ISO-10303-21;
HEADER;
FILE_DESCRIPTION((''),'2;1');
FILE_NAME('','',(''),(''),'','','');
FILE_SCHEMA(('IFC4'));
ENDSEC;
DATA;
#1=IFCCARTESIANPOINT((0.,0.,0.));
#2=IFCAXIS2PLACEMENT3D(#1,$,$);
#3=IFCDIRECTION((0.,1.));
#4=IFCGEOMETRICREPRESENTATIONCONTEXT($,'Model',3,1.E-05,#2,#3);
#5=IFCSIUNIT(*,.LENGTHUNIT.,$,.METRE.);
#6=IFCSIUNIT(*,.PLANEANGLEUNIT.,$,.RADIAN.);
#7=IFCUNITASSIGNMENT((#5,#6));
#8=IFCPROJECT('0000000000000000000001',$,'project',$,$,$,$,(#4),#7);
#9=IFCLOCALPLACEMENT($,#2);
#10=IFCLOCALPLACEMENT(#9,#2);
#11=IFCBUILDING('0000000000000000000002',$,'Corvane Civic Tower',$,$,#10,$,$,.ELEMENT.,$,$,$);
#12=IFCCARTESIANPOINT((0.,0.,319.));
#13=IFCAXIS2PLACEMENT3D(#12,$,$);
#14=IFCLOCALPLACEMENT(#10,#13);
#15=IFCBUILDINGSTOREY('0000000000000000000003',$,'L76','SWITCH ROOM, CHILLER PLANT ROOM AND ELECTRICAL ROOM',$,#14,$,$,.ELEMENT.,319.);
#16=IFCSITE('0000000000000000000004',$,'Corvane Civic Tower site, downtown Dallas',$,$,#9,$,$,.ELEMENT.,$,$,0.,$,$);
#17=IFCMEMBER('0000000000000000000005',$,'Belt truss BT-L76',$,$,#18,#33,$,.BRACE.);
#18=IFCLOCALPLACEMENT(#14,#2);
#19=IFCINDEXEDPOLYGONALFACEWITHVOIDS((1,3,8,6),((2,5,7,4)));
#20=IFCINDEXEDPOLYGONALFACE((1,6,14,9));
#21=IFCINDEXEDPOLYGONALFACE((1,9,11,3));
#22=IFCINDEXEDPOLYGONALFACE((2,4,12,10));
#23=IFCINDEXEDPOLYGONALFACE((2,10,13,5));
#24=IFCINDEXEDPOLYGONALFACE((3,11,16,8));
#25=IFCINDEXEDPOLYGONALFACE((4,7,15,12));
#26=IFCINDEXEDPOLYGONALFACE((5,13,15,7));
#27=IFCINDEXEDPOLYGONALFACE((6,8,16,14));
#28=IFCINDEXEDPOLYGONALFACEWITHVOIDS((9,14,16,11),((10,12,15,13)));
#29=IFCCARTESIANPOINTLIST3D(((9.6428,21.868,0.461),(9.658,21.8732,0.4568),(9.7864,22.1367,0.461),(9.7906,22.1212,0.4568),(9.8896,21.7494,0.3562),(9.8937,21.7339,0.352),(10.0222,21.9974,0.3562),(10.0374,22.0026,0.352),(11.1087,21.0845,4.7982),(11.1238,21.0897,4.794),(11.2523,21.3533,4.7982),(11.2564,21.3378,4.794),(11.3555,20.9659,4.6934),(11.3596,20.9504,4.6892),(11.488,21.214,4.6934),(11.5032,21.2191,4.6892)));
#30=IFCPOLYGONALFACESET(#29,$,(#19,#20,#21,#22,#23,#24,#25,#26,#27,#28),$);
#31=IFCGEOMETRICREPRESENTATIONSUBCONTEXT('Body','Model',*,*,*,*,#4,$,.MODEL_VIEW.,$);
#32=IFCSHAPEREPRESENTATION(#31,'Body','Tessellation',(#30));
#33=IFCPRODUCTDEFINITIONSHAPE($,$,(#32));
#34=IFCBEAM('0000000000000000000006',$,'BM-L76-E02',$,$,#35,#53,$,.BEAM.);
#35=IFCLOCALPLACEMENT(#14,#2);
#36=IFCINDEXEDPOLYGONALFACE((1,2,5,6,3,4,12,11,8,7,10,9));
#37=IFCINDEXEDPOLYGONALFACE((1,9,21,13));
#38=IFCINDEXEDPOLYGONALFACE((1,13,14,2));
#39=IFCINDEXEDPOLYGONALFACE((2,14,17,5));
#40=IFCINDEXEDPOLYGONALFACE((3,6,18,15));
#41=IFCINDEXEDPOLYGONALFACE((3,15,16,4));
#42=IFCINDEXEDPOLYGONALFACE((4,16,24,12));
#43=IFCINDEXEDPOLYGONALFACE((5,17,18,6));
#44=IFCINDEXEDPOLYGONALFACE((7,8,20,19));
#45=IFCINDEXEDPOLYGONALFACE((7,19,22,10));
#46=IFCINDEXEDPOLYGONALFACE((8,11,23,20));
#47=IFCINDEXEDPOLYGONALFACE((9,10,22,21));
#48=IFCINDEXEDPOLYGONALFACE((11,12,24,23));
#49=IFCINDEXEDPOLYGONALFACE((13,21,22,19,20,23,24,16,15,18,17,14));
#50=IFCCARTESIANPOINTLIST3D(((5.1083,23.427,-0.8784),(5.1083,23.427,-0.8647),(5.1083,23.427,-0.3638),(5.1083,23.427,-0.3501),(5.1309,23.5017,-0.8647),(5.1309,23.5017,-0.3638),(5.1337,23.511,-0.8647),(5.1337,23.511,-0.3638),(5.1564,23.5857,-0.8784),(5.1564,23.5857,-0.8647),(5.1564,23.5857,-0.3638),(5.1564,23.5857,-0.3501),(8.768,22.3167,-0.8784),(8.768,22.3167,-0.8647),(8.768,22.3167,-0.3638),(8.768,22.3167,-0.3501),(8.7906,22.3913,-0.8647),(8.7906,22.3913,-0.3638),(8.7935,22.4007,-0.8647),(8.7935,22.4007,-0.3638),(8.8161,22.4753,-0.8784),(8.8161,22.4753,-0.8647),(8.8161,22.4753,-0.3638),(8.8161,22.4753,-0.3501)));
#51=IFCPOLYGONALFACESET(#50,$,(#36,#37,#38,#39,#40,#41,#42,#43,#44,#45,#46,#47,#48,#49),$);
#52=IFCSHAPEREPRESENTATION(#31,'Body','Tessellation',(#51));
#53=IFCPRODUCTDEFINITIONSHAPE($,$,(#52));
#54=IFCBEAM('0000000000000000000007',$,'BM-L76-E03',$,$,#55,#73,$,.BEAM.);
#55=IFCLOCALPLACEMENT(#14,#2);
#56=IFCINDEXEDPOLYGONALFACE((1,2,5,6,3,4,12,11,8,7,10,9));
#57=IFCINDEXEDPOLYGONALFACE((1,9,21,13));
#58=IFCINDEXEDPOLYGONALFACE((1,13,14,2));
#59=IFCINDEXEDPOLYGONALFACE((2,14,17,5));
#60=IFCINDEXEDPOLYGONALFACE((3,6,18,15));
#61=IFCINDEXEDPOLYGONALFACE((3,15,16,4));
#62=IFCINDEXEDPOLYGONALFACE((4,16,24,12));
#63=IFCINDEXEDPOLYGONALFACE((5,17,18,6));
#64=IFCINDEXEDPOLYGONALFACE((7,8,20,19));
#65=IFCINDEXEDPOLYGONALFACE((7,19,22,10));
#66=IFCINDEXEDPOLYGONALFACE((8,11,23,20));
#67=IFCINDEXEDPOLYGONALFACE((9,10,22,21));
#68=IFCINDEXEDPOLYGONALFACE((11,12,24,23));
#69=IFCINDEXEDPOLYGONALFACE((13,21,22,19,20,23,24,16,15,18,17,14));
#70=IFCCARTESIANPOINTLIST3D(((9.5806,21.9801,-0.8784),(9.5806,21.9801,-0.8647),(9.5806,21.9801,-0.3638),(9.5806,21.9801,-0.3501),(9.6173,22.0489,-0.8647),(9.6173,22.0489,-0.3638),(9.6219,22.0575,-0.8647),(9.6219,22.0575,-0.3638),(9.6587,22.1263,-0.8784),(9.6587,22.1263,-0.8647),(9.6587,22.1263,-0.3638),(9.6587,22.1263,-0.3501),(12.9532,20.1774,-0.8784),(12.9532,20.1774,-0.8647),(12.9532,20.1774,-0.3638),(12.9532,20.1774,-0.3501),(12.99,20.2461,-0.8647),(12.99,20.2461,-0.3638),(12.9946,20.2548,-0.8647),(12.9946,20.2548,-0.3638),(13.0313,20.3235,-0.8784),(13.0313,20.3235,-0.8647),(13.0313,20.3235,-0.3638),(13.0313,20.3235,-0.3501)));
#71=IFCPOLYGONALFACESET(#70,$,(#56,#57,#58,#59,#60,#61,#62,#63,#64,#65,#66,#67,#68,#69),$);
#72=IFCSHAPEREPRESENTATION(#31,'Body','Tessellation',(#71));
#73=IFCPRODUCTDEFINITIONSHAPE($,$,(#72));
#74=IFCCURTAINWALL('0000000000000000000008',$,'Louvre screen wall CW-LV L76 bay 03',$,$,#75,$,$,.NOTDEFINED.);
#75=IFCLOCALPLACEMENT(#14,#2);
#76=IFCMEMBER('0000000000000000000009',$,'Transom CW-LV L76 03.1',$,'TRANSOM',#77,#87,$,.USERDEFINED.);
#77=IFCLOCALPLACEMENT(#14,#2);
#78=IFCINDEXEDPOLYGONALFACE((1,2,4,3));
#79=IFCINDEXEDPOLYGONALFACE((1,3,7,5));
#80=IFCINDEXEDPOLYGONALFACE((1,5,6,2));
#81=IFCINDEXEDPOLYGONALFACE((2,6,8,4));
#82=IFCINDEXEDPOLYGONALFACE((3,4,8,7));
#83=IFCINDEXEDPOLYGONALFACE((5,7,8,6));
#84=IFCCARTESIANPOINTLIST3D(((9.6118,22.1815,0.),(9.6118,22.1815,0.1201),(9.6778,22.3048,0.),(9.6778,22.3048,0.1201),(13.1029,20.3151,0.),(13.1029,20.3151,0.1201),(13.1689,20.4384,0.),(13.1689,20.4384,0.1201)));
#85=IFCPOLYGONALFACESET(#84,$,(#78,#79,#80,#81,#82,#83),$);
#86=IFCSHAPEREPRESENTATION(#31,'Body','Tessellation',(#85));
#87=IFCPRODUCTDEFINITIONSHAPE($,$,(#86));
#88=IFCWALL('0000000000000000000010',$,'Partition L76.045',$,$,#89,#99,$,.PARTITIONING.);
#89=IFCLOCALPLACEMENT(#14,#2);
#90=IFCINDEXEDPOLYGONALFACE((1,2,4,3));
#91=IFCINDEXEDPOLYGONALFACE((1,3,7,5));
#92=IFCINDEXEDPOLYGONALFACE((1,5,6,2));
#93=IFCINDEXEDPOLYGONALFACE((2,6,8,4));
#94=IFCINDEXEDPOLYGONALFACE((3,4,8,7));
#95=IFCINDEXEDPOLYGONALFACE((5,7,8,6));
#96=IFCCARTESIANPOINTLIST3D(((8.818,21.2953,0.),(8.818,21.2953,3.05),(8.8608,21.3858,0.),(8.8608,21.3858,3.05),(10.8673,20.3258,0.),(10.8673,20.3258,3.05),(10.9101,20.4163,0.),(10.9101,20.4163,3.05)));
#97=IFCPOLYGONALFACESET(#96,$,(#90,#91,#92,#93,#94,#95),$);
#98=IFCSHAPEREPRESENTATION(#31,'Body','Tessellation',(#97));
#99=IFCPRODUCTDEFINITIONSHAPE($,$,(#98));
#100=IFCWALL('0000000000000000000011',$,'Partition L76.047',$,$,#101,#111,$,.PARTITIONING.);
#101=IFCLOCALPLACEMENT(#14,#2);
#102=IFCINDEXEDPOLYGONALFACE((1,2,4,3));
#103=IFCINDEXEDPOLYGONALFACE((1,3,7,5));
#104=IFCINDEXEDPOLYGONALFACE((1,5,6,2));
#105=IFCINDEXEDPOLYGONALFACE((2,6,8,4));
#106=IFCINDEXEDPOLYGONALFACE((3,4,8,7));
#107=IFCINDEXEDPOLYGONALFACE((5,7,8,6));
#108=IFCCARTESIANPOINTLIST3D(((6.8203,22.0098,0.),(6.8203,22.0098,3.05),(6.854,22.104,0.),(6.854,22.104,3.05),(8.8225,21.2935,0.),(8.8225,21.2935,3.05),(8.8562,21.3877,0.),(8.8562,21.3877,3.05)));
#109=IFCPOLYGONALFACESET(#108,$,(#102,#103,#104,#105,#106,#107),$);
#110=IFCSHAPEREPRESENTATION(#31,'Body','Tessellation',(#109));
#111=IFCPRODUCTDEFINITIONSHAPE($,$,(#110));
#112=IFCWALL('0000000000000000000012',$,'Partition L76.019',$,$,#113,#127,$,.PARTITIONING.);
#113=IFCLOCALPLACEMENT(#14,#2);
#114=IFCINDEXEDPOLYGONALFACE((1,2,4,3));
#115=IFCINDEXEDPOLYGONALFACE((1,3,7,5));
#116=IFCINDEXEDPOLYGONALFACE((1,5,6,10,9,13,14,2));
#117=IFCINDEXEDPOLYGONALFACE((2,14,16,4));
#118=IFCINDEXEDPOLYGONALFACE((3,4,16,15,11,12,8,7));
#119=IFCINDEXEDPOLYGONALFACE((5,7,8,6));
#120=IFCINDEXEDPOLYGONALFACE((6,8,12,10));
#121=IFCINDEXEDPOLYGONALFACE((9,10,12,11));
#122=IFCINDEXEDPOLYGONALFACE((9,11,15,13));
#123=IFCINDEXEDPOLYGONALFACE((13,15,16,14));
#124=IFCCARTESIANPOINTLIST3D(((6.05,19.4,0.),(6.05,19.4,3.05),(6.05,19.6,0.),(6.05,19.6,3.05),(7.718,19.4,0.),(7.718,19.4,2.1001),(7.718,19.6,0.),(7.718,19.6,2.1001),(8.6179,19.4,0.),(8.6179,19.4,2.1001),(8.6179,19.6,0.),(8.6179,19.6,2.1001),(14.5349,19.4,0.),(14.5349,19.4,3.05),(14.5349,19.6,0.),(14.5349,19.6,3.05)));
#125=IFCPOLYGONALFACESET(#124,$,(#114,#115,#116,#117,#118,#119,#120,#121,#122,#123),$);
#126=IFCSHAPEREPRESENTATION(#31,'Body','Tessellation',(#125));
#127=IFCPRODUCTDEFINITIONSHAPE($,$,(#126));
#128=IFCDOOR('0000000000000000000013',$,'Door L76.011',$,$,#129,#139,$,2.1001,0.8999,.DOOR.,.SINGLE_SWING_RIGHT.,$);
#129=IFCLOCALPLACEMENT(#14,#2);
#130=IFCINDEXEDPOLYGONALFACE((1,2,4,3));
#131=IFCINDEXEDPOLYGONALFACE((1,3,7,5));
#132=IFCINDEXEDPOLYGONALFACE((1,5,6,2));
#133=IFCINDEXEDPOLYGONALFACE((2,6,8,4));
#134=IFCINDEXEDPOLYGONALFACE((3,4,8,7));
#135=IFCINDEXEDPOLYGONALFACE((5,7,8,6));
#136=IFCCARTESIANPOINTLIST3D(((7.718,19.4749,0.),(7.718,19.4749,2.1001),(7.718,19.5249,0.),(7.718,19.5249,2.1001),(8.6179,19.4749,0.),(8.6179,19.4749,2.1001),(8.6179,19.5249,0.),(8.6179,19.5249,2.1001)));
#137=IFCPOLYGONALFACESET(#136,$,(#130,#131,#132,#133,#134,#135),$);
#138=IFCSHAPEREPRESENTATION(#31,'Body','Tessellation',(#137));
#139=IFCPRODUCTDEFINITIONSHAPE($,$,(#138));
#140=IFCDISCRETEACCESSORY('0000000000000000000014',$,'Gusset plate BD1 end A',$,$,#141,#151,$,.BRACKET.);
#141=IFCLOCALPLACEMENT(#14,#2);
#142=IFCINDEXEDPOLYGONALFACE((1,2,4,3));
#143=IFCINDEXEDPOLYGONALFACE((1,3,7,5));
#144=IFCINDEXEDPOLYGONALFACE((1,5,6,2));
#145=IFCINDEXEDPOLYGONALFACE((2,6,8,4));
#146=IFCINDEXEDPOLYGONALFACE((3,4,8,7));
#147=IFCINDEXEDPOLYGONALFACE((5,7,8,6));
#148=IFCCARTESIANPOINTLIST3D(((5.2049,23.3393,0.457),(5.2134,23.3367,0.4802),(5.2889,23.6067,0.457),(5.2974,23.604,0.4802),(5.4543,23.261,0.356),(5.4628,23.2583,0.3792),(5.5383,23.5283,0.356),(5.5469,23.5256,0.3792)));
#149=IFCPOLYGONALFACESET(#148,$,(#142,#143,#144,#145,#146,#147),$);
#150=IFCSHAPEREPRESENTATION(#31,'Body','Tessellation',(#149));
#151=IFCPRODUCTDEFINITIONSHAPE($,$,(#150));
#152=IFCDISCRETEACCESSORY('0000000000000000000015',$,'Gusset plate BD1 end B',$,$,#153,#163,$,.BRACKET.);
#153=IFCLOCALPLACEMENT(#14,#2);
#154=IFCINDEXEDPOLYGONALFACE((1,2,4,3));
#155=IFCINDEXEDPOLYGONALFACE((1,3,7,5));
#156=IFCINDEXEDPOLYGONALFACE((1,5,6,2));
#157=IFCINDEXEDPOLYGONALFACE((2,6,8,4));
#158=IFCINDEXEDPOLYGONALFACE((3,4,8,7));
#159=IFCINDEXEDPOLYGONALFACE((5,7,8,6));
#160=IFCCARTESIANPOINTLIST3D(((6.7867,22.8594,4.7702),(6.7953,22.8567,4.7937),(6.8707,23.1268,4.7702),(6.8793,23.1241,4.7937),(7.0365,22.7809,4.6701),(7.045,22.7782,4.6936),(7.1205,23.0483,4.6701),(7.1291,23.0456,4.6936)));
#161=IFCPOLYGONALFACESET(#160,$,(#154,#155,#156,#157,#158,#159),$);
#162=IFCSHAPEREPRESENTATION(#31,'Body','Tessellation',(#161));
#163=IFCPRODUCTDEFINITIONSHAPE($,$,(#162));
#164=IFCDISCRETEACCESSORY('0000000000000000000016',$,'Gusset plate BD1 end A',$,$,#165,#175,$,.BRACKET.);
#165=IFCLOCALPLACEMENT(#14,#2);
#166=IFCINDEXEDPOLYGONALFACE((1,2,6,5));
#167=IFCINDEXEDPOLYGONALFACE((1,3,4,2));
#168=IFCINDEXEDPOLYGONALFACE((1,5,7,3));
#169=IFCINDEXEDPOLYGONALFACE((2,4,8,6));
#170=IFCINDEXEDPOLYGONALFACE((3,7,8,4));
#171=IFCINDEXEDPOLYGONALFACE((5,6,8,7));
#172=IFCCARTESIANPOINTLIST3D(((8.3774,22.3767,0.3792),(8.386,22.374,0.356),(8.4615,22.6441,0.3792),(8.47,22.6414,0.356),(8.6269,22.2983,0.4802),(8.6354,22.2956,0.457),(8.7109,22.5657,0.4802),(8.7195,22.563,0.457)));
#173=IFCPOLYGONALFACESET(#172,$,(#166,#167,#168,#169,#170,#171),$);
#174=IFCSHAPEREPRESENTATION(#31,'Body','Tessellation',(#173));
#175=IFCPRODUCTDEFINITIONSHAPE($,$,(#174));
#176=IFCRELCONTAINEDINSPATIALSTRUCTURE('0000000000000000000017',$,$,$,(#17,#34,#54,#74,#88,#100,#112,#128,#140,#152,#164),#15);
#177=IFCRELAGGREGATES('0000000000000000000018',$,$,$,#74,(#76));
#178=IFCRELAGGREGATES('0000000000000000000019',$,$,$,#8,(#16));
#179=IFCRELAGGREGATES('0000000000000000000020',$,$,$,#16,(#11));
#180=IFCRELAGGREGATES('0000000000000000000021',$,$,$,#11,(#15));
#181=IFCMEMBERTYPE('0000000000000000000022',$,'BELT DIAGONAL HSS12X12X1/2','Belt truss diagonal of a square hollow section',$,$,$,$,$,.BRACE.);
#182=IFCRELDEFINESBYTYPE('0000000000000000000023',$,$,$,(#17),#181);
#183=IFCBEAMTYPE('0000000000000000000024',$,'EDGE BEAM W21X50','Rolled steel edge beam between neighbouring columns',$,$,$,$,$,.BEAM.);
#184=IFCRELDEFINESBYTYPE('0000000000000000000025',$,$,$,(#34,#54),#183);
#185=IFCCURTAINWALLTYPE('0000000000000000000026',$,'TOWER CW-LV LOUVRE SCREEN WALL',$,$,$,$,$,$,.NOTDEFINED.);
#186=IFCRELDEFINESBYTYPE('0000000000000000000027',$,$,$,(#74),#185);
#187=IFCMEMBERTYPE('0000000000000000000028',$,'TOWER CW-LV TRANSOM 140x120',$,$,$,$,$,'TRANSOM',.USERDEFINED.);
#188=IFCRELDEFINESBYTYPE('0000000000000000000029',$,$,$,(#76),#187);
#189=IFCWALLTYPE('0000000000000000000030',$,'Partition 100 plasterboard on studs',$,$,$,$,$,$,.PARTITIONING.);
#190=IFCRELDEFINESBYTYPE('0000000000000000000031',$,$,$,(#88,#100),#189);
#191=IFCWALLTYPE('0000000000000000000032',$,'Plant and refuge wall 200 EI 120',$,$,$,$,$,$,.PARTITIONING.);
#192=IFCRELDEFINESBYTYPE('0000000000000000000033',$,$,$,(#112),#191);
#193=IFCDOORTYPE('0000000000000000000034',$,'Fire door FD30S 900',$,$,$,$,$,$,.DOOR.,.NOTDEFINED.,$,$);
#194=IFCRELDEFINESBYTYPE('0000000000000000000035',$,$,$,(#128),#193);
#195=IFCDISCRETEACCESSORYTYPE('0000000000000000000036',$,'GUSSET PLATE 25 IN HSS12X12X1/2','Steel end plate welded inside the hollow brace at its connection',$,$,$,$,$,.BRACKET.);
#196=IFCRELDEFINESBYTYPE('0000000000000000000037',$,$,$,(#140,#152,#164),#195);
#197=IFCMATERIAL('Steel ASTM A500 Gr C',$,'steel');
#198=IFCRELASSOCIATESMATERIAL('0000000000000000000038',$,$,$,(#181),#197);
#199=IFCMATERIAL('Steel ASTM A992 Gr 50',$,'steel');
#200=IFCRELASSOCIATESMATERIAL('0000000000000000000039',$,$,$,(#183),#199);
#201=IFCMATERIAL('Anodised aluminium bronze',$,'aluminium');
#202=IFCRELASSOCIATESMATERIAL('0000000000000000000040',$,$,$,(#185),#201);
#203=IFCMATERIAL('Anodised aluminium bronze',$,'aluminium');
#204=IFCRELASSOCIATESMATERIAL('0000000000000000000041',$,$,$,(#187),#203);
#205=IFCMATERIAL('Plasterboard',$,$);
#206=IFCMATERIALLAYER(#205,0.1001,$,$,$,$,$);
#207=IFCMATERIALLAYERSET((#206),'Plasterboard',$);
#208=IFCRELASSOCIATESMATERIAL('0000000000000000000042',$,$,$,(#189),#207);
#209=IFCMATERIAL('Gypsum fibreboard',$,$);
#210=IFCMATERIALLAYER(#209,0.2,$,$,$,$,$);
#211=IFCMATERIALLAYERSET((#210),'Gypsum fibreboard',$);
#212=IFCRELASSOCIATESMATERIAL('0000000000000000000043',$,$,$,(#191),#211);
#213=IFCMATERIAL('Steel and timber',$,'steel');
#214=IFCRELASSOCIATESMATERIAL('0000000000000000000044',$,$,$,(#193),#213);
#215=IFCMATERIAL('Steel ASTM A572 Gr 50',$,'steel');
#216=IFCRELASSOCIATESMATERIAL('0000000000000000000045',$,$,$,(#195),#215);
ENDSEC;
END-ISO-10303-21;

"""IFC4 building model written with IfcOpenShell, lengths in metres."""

from ifc_helpers import new_model, si_unit, direction, frame, frame_2d, origin, origin_2d, place, context, subcontext, project, spatial, rectangle, hollow_rectangle, i_section, extrude, material, layer, layer_set, material_profile, profile_set, type_object, element, fill, aggregate, save


model = new_model("IFC4")

# Units and contexts
model_context = context("Model", 3, precision=1e-05, world=origin(), true_north=direction((0.0, 1.0)))
body_context = subcontext(model_context, "Body", "Model", "MODEL_VIEW")
ifc_project = project(units=[si_unit("LENGTHUNIT", "METRE"), si_unit("PLANEANGLEUNIT", "RADIAN")], contexts=[model_context])

# Site, building, storey
site_placement = place(None, origin())
site = spatial("IfcSite", under=ifc_project, at=site_placement, Name="Corvane Civic Tower site, downtown Dallas", CompositionType="ELEMENT", RefElevation=0.0)
building_placement = place(site_placement, origin())
building = spatial("IfcBuilding", under=site, at=building_placement, Name="Corvane Civic Tower", CompositionType="ELEMENT")
storey_placement = place(building_placement, frame((0.0, 0.0, 319.0)))
storey = spatial("IfcBuildingStorey", under=building, at=storey_placement, Name="L76", Description="SWITCH ROOM, CHILLER PLANT ROOM AND ELECTRICAL ROOM", CompositionType="ELEMENT", Elevation=319.0)

# Member
ifc_material_1 = material(Name="Steel ASTM A500 Gr C", Category="steel")
ifc_material_profile_1 = material_profile(ifc_material_1, hollow_rectangle(XDim=0.3047, YDim=0.3047, WallThickness=0.0117, at=origin_2d()), Name="HSS12X12X1/2")
ifc_profile_set_1 = profile_set([ifc_material_profile_1], Name="Steel ASTM A500 Gr C")
member_type_1 = type_object("IfcMemberType", Name="BELT DIAGONAL HSS12X12X1/2", Description="Belt truss diagonal of a square hollow section", PredefinedType="BRACE", material=ifc_profile_set_1)
for number, where, z_axis, x_axis, name in (
    (1, (9.8401, 21.9353, 0.4065), (0.315589, -0.168675, 0.933784), (0.471373, 0.881934, 0.0), "Belt truss BT-L76"),
):
    element("IfcMember", number, at=place(storey_placement, frame(where, z_axis=z_axis, x_axis=x_axis)), inside=storey, type_object=member_type_1, Name=name, PredefinedType="BRACE", context=body_context, shape_type="SweptSolid", body=[
        extrude(hollow_rectangle(XDim=0.3047, YDim=0.3047, WallThickness=0.0117, at=origin_2d()), origin(), (0.0, 0.0, 1.0), 4.6448),
    ])

# Beams
ifc_material_2 = material(Name="Steel ASTM A992 Gr 50", Category="steel")
ifc_material_profile_2 = material_profile(ifc_material_2, i_section(OverallWidth=0.1658, OverallDepth=0.5283, WebThickness=0.0098, FlangeThickness=0.0137, at=origin_2d()), Name="W21X50")
ifc_profile_set_2 = profile_set([ifc_material_profile_2], Name="Steel ASTM A992 Gr 50")
beam_type = type_object("IfcBeamType", Name="EDGE BEAM W21X50", Description="Rolled steel edge beam between neighbouring columns", PredefinedType="BEAM", material=ifc_profile_set_2)
beam_1_placement = place(storey_placement, frame((5.1323, 23.5063, -0.6143), z_axis=(0.956926, -0.290333, 0.0), x_axis=(0.290333, 0.956926, 0.0)))
element("IfcBeam", 2, at=beam_1_placement, inside=storey, type_object=beam_type, Name="BM-L76-E02", PredefinedType="BEAM", context=body_context, shape_type="SweptSolid", body=[
    extrude(i_section(OverallWidth=0.1658, OverallDepth=0.5283, WebThickness=0.0098, FlangeThickness=0.0137, at=origin_2d()), origin(), (0.0, 0.0, 1.0), 3.8245),
])
beam_2_placement = place(storey_placement, frame((9.6196, 22.0532, -0.6143), z_axis=(0.881914, -0.47141, 0.0), x_axis=(0.47141, 0.881914, 0.0)))
element("IfcBeam", 3, at=beam_2_placement, inside=storey, type_object=beam_type, Name="BM-L76-E03", PredefinedType="BEAM", context=body_context, shape_type="SweptSolid", body=[
    extrude(i_section(OverallWidth=0.1658, OverallDepth=0.5283, WebThickness=0.0098, FlangeThickness=0.0137, at=origin_2d()), origin(), (0.0, 0.0, 1.0), 3.8242),
])

# Curtain wall, member
ifc_material_3 = material(Name="Anodised aluminium bronze", Category="aluminium")
curtain_wall_type = type_object("IfcCurtainWallType", Name="TOWER CW-LV LOUVRE SCREEN WALL", PredefinedType="NOTDEFINED", material=ifc_material_3)
curtain_wall_placement = place(storey_placement, origin())
curtain_wall = element("IfcCurtainWall", 4, at=curtain_wall_placement, inside=storey, type_object=curtain_wall_type, Name="Louvre screen wall CW-LV L76 bay 03", PredefinedType="NOTDEFINED")
ifc_material_4 = material(Name="Anodised aluminium bronze", Category="aluminium")
ifc_material_profile_3 = material_profile(ifc_material_4, rectangle(XDim=0.1399, YDim=0.1201, at=origin_2d()), Name="TOWER CW-LV TRANSOM 140x120")
ifc_profile_set_3 = profile_set([ifc_material_profile_3], Name="Anodised aluminium bronze")
member_type_2 = type_object("IfcMemberType", Name="TOWER CW-LV TRANSOM 140x120", ElementType="TRANSOM", PredefinedType="USERDEFINED", material=ifc_profile_set_3)
member_placement = place(storey_placement, frame((9.6448, 22.2432, 0.0601), z_axis=(0.881883, -0.471468, 0.0), x_axis=(0.471468, 0.881883, 0.0)))
member = element("IfcMember", 5, at=member_placement, type_object=member_type_2, Name="Transom CW-LV L76 03.1", ObjectType="TRANSOM", PredefinedType="USERDEFINED", context=body_context, shape_type="SweptSolid", body=[
    extrude(rectangle(XDim=0.1399, YDim=0.1201, at=origin_2d()), origin(), (0.0, 0.0, 1.0), 3.9587),
])

# Walls
ifc_material_5 = material(Name="Plasterboard")
ifc_layer_1 = layer(ifc_material_5, 0.1001)
ifc_layer_set_1 = layer_set([ifc_layer_1], Name="Plasterboard")
wall_type_1 = type_object("IfcWallType", Name="Partition 100 plasterboard on studs", PredefinedType="PARTITIONING", material=ifc_layer_set_1)
wall_1_placement = place(storey_placement, frame((8.8394, 21.3406, 0.0), z_axis=(0.0, 0.0, 1.0), x_axis=(0.90395, -0.427637, 0.0)))
element("IfcWall", 6, at=wall_1_placement, inside=storey, type_object=wall_type_1, Name="Partition L76.045", PredefinedType="PARTITIONING", context=body_context, shape_type="SweptSolid", body=[
    extrude(rectangle(XDim=2.2671, YDim=0.1001, at=frame_2d((1.1335, 0.0))), origin(), (0.0, 0.0, 1.0), 3.05),
])
wall_2_placement = place(storey_placement, frame((6.8372, 22.0569, 0.0), z_axis=(0.0, 0.0, 1.0), x_axis=(0.941557, -0.336853, 0.0)))
element("IfcWall", 7, at=wall_2_placement, inside=storey, type_object=wall_type_1, Name="Partition L76.047", PredefinedType="PARTITIONING", context=body_context, shape_type="SweptSolid", body=[
    extrude(rectangle(XDim=2.1265, YDim=0.1001, at=frame_2d((1.0632, 0.0))), origin(), (0.0, 0.0, 1.0), 3.05),
])

# Wall, opening, door
ifc_material_6 = material(Name="Gypsum fibreboard")
ifc_layer_2 = layer(ifc_material_6, 0.2)
ifc_layer_set_2 = layer_set([ifc_layer_2], Name="Gypsum fibreboard")
wall_type_2 = type_object("IfcWallType", Name="Plant and refuge wall 200 EI 120", PredefinedType="PARTITIONING", material=ifc_layer_set_2)
wall_3_placement = place(storey_placement, frame((6.05, 19.5, 0.0), z_axis=(0.0, 0.0, 1.0), x_axis=(1.0, 0.0, 0.0)))
wall_3 = element("IfcWall", 8, at=wall_3_placement, inside=storey, type_object=wall_type_2, Name="Partition L76.019", PredefinedType="PARTITIONING", context=body_context, shape_type="SweptSolid", body=[
    extrude(rectangle(XDim=8.4849, YDim=0.2, at=frame_2d((4.2424, 0.0))), origin(), (0.0, 0.0, 1.0), 3.05),
])
opening_placement = place(wall_3_placement, frame((1.668, 0.0, 0.0)))
opening = element("IfcOpeningElement", 9, at=opening_placement, cuts=wall_3, PredefinedType="OPENING", context=body_context, shape_type="SweptSolid", body=[
    extrude(rectangle(XDim=0.8999, YDim=2.1001, at=frame_2d((0.45, 1.05))), frame((0.0, 0.1099, 0.0), z_axis=(0.0, -1.0, 0.0), x_axis=(1.0, 0.0, 0.0)), (0.0, 0.0, 1.0), 0.22),
])
ifc_material_7 = material(Name="Steel and timber", Category="steel")
door_type = type_object("IfcDoorType", Name="Fire door FD30S 900", OperationType="NOTDEFINED", PredefinedType="DOOR", material=ifc_material_7)
door_placement = place(opening_placement, origin())
door = element("IfcDoor", 10, at=door_placement, inside=storey, type_object=door_type, Name="Door L76.011", OperationType="SINGLE_SWING_RIGHT", OverallHeight=2.1001, OverallWidth=0.8999, PredefinedType="DOOR", context=body_context, shape_type="SweptSolid", body=[
    extrude(rectangle(XDim=0.8999, YDim=2.1001, at=frame_2d((0.45, 1.05))), frame((0.0, 0.0249, 0.0), z_axis=(0.0, -1.0, 0.0), x_axis=(1.0, 0.0, 0.0)), (0.0, 0.0, 1.0), 0.05),
])
fill(opening, door)

aggregate(curtain_wall, [member])

# Discrete accessories
ifc_material_8 = material(Name="Steel ASTM A572 Gr 50", Category="steel")
ifc_material_profile_4 = material_profile(ifc_material_8, rectangle(XDim=0.2803, YDim=0.2803, at=origin_2d()), Name="GUSSET PLATE 25 IN HSS12X12X1/2")
ifc_profile_set_4 = profile_set([ifc_material_profile_4], Name="Steel ASTM A572 Gr 50")
discrete_accessory_type = type_object("IfcDiscreteAccessoryType", Name="GUSSET PLATE 25 IN HSS12X12X1/2", Description="Steel end plate welded inside the hollow brace at its connection", PredefinedType="BRACKET", material=ifc_profile_set_4)
discrete_accessory_1_placement = place(storey_placement, frame((5.3716, 23.4338, 0.4065), z_axis=(0.343683, -0.108015, 0.932853), x_axis=(0.299827, 0.953994, 0.0)))
element("IfcDiscreteAccessory", 11, at=discrete_accessory_1_placement, inside=storey, type_object=discrete_accessory_type, Name="Gusset plate BD1 end A", PredefinedType="BRACKET", context=body_context, shape_type="SweptSolid", body=[
    extrude(rectangle(XDim=0.2803, YDim=0.2803, at=origin_2d()), origin(), (0.0, 0.0, 1.0), 0.0249),
])
discrete_accessory_2_placement = place(storey_placement, frame((6.9622, 22.9512, 4.7437), z_axis=(-0.340561, 0.107033, -0.93411), x_axis=(-0.299827, -0.953994, 0.0)))
element("IfcDiscreteAccessory", 12, at=discrete_accessory_2_placement, inside=storey, type_object=discrete_accessory_type, Name="Gusset plate BD1 end B", PredefinedType="BRACKET", context=body_context, shape_type="SweptSolid", body=[
    extrude(rectangle(XDim=0.2803, YDim=0.2803, at=origin_2d()), origin(), (0.0, 0.0, 1.0), 0.0251),
])
discrete_accessory_3_placement = place(storey_placement, frame((8.5527, 22.4685, 0.4065), z_axis=(-0.343683, 0.108015, 0.932853), x_axis=(-0.299827, -0.953994, 0.0)))
element("IfcDiscreteAccessory", 13, at=discrete_accessory_3_placement, inside=storey, type_object=discrete_accessory_type, Name="Gusset plate BD1 end A", PredefinedType="BRACKET", context=body_context, shape_type="SweptSolid", body=[
    extrude(rectangle(XDim=0.2803, YDim=0.2803, at=origin_2d()), origin(), (0.0, 0.0, 1.0), 0.0249),
])

save(model, "model.ifc")
